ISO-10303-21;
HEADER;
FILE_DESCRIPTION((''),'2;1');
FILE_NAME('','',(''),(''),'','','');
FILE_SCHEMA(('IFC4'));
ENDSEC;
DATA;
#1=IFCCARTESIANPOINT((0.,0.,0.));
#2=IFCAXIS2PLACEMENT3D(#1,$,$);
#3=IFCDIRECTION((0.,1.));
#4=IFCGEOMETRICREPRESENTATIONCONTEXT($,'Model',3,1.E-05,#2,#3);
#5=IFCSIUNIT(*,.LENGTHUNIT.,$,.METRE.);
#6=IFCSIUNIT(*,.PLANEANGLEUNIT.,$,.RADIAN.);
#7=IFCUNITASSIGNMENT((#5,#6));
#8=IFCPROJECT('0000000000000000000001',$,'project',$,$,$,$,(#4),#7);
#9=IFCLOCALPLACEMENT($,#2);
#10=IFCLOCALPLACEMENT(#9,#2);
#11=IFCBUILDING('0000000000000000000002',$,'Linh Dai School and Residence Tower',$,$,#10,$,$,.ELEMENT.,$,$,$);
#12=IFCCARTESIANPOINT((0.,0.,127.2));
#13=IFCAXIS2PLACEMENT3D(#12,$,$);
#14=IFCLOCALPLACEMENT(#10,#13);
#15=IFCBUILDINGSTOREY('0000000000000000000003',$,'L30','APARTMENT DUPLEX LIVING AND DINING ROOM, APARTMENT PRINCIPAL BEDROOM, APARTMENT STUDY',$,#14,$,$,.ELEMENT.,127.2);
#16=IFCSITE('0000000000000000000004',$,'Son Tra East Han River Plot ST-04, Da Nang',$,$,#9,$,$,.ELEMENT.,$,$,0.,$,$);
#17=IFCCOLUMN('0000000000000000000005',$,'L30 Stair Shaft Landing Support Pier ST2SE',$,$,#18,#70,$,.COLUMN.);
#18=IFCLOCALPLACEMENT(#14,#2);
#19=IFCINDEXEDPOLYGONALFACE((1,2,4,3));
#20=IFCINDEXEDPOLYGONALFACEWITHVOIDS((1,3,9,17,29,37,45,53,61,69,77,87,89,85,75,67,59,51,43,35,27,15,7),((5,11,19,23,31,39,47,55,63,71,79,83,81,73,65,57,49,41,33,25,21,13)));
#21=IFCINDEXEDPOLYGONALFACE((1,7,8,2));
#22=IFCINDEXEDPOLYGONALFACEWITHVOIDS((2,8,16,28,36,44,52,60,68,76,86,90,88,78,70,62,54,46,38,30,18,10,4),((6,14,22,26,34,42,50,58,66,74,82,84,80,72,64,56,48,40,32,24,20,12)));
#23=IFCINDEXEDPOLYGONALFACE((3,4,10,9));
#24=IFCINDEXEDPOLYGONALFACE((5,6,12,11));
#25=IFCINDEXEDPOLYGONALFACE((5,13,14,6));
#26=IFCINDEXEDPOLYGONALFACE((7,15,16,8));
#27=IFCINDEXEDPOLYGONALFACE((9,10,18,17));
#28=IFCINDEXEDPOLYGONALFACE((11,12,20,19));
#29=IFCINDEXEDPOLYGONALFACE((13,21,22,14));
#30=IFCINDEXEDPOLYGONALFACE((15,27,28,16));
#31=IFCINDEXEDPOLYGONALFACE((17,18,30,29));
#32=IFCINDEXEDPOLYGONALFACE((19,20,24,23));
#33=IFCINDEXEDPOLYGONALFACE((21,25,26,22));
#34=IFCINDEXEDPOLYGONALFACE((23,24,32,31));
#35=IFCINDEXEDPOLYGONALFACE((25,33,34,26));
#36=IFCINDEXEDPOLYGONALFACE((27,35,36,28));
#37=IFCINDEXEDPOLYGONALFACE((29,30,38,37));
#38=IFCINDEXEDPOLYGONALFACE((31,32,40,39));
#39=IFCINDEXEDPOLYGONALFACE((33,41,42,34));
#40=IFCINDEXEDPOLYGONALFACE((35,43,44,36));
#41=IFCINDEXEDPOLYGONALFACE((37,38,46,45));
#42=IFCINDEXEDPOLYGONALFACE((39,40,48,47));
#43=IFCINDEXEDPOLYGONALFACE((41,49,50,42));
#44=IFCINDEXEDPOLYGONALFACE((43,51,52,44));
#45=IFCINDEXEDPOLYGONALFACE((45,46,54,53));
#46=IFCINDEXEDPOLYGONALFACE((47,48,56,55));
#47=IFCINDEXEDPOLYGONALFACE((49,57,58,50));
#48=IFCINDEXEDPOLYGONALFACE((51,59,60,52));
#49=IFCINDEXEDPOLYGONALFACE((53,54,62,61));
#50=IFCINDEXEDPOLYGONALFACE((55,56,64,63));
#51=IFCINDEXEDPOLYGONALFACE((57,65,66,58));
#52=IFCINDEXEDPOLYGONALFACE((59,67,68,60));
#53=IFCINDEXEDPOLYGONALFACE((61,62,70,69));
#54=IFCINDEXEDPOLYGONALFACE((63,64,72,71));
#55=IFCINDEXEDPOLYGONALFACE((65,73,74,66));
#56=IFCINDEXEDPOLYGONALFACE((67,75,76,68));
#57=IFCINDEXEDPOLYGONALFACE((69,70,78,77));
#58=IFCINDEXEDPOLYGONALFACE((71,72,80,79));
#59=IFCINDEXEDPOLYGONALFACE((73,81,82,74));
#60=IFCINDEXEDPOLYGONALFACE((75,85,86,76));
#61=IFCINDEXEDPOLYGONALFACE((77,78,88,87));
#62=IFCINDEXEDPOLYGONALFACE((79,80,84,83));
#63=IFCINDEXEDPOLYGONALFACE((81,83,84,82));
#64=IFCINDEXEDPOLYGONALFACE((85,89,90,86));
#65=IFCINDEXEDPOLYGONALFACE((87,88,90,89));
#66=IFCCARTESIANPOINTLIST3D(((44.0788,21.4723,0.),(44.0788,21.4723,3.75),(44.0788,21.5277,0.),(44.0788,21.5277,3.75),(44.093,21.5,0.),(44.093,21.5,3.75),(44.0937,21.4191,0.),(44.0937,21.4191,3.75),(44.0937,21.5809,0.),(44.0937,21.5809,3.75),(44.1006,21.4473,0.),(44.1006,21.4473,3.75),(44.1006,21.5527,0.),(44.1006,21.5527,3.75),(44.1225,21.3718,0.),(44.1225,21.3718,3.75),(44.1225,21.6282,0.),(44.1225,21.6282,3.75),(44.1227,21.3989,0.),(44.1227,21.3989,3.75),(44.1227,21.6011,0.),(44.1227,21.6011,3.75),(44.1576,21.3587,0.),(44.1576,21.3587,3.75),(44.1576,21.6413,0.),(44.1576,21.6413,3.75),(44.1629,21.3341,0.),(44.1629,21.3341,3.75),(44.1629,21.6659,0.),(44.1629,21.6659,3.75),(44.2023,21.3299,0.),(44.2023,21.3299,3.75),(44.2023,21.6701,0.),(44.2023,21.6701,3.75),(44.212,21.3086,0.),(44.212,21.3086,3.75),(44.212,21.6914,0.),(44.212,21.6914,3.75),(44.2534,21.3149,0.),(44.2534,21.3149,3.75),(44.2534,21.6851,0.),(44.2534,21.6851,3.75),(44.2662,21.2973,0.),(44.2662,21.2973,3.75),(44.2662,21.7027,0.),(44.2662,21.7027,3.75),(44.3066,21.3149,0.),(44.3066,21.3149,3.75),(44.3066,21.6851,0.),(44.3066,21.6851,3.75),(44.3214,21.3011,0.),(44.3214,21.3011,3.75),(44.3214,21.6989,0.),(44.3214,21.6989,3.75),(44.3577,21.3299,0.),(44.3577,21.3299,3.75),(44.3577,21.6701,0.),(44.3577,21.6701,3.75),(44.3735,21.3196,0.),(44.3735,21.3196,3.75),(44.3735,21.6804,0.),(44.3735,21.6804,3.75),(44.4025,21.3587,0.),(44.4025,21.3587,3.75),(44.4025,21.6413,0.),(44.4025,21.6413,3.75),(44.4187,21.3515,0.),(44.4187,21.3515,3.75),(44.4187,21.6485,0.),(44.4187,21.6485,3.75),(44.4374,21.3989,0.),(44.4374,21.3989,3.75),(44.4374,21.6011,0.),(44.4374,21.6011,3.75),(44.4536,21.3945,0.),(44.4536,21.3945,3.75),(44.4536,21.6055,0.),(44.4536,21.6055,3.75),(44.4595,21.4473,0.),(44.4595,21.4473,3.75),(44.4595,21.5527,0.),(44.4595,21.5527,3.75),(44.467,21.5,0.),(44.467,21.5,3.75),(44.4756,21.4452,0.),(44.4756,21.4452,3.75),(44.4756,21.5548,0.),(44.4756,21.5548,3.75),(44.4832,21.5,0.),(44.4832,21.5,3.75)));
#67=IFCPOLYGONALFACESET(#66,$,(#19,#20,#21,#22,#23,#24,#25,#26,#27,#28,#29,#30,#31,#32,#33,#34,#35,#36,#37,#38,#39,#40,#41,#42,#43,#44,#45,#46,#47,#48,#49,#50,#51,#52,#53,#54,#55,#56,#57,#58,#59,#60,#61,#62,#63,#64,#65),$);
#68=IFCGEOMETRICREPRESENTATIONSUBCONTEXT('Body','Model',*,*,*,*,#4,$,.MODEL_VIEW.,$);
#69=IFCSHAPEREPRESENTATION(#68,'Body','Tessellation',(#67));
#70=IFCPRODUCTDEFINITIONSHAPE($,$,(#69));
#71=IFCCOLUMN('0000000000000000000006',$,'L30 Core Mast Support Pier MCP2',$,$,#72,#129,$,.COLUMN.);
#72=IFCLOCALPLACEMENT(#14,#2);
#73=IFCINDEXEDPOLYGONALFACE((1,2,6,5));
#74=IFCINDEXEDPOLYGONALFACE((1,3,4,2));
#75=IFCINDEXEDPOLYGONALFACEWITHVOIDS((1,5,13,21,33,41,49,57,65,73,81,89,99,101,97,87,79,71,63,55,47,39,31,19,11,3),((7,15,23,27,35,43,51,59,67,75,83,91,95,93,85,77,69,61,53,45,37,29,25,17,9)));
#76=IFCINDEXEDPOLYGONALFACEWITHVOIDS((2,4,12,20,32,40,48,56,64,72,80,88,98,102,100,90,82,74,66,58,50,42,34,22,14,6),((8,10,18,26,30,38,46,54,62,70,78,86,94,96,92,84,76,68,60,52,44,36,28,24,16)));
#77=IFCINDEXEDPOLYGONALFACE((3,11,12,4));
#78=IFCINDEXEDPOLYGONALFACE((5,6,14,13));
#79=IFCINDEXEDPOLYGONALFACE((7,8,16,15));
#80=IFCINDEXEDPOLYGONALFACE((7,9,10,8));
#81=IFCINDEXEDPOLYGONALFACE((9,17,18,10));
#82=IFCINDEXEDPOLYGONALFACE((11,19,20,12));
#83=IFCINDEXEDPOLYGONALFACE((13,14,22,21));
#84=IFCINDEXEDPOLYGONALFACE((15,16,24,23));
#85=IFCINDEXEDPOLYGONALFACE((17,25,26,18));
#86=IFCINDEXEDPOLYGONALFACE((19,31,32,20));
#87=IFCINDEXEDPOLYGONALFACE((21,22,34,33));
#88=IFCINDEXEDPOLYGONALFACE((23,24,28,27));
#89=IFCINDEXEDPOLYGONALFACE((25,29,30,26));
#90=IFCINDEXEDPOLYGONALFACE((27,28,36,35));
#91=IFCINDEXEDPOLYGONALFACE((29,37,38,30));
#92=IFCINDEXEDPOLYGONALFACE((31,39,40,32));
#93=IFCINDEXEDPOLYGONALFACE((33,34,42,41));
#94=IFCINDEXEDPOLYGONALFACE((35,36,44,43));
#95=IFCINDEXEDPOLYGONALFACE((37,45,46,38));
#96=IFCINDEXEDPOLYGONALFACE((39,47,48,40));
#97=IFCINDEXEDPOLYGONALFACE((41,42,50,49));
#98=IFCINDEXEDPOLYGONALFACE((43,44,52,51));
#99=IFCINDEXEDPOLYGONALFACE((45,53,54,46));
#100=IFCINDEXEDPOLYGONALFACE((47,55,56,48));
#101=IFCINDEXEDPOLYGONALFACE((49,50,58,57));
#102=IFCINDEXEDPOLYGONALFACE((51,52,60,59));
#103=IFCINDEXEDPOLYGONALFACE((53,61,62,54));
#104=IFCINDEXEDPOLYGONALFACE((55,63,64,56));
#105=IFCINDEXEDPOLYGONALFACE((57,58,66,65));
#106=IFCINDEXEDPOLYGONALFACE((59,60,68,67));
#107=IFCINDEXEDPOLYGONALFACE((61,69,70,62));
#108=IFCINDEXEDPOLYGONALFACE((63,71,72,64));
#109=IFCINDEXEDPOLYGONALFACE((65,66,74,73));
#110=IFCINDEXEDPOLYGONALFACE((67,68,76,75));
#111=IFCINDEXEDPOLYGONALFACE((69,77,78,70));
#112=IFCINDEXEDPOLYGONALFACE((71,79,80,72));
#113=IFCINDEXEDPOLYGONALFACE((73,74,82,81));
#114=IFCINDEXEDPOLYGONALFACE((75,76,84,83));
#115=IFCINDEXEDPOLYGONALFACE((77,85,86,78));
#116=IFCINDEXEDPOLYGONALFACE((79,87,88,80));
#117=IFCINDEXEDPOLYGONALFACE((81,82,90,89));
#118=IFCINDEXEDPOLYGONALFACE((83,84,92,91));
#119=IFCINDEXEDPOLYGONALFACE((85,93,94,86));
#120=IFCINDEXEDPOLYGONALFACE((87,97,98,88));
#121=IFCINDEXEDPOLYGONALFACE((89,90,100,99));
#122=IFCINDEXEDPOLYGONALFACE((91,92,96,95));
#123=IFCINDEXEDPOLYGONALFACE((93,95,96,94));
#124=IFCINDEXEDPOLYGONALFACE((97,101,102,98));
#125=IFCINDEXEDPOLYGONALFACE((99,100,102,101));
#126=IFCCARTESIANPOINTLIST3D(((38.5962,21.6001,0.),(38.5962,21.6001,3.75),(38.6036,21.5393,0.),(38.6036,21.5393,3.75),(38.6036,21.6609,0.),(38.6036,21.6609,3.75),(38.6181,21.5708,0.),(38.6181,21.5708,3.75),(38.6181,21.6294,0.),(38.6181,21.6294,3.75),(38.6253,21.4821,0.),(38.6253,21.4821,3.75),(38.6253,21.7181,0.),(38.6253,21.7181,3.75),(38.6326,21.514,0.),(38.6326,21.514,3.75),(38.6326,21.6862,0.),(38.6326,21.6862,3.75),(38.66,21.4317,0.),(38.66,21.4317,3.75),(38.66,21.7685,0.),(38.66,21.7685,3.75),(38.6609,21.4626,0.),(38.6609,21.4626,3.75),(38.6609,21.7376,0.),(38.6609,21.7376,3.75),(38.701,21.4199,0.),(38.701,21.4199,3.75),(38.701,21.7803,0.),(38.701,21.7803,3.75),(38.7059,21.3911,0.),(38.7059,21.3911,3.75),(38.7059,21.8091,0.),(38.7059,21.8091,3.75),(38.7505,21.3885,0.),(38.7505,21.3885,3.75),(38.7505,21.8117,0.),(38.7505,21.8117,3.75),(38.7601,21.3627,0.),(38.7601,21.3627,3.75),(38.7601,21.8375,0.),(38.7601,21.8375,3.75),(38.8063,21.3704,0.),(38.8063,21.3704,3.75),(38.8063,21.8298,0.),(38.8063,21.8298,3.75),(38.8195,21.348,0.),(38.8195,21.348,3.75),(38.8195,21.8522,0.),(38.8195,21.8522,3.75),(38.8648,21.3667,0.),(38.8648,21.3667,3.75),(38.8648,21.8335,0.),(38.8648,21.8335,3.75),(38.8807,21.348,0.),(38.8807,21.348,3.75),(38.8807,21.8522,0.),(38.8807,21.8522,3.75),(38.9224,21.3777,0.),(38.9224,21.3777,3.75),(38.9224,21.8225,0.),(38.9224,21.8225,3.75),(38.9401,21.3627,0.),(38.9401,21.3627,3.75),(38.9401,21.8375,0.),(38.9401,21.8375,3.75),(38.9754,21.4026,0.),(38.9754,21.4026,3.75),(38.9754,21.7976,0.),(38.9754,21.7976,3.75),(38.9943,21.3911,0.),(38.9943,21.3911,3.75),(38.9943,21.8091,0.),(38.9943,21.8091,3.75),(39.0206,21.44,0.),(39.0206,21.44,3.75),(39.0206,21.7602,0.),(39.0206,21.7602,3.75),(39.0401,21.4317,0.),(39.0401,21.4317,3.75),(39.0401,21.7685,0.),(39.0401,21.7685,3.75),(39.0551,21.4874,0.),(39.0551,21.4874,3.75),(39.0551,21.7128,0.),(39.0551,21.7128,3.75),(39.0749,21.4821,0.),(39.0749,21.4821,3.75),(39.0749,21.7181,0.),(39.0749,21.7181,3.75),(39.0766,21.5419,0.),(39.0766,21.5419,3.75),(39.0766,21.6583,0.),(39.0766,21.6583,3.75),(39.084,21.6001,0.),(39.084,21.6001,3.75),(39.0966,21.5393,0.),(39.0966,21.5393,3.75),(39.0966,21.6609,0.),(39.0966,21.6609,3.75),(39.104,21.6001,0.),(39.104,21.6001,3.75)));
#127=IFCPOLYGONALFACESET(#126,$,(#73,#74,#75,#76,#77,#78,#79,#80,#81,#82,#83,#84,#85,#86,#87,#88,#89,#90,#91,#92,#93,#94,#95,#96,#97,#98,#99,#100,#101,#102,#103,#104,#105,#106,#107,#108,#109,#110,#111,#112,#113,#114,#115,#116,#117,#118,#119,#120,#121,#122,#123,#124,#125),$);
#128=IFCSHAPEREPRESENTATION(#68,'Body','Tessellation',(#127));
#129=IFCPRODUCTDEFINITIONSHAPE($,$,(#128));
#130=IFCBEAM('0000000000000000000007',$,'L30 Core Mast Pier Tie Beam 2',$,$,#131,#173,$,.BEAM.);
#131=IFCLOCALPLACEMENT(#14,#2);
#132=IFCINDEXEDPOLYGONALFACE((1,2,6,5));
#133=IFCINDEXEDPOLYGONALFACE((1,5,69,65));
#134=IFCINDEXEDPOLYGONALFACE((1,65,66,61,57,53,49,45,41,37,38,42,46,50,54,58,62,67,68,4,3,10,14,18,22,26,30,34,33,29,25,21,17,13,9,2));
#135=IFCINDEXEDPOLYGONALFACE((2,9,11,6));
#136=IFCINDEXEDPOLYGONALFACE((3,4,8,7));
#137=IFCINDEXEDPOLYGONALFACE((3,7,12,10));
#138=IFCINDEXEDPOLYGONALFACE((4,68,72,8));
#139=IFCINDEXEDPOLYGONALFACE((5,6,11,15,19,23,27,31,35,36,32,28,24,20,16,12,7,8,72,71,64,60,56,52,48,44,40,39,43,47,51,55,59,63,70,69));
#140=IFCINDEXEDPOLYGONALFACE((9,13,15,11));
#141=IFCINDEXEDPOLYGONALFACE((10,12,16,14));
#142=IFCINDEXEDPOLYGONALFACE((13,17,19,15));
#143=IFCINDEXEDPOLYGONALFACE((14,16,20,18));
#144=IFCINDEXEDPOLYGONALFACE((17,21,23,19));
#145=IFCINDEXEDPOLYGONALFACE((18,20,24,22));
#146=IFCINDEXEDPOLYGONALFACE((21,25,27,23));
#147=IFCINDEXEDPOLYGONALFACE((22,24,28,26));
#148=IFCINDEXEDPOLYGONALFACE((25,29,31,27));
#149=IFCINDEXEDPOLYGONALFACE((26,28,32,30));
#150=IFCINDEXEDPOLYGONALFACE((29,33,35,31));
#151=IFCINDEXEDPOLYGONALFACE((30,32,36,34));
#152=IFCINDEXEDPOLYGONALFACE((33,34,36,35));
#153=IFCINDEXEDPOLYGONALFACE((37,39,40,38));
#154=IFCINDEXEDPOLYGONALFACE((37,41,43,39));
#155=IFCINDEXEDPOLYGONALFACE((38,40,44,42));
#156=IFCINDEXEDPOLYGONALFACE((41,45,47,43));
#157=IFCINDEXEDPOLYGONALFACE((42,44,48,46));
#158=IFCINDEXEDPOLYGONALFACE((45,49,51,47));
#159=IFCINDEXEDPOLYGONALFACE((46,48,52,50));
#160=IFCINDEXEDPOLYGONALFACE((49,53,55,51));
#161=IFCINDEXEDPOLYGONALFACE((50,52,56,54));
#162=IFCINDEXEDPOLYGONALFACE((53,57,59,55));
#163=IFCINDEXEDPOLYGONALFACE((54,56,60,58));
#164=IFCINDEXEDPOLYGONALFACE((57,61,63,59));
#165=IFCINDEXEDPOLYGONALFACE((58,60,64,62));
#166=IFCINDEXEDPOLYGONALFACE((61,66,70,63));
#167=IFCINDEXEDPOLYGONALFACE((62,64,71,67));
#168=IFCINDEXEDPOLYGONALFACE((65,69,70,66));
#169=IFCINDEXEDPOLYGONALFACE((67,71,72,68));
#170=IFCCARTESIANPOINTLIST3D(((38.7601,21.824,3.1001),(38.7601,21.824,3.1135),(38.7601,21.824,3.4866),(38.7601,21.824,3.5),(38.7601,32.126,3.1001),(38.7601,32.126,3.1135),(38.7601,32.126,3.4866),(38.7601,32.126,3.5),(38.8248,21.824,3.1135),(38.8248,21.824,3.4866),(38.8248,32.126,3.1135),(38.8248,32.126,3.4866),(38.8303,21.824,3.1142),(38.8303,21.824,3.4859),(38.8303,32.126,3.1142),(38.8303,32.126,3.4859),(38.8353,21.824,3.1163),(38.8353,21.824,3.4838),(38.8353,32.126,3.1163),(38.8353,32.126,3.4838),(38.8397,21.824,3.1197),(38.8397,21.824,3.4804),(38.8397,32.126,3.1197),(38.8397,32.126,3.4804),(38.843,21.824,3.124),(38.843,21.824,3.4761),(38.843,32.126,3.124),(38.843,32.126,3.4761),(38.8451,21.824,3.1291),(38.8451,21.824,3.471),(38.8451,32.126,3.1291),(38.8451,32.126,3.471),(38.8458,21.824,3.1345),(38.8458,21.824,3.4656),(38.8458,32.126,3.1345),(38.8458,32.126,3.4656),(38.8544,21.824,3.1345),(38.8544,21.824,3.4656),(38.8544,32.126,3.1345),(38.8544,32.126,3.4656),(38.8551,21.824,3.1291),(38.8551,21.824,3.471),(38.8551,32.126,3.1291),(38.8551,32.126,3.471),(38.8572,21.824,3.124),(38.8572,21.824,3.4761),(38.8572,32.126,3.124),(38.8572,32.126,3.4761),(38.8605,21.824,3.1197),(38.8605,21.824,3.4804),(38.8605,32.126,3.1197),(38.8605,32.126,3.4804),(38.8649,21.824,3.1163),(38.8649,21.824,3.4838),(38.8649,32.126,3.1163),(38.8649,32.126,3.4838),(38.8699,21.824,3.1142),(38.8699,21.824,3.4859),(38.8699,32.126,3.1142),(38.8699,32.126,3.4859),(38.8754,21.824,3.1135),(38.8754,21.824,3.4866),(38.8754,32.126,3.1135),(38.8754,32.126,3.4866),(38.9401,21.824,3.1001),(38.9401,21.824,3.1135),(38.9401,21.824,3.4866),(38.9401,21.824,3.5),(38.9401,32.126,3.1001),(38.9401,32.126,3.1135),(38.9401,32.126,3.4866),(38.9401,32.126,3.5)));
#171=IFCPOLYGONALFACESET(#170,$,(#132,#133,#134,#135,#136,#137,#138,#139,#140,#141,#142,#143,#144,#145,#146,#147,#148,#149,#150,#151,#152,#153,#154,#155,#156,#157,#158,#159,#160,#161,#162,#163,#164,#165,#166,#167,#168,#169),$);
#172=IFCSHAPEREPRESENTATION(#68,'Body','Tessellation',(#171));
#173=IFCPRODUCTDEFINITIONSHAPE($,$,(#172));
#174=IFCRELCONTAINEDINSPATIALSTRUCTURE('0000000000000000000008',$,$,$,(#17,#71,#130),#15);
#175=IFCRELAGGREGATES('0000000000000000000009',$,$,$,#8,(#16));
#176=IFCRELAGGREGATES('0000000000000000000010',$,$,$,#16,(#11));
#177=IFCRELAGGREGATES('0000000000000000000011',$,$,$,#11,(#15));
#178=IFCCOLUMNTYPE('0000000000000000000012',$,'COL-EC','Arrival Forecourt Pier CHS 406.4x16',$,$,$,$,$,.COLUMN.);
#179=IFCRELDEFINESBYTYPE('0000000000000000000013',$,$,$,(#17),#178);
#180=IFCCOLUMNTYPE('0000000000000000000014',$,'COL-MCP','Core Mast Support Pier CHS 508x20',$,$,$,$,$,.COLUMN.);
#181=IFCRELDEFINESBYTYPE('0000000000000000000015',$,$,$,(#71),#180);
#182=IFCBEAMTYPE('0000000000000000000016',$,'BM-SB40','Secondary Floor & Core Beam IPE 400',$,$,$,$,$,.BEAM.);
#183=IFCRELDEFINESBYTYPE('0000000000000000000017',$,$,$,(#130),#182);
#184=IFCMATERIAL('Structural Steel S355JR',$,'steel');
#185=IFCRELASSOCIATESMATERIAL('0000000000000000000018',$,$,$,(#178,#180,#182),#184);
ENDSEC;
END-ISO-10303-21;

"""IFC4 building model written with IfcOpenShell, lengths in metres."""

from ifc_helpers import new_model, si_unit, direction, frame, origin, origin_2d, place, context, subcontext, project, spatial, hollow_circle, i_section, extrude, material, material_profile, profile_set, type_object, element, save


model = new_model("IFC4")

# Units and contexts
model_context = context("Model", 3, precision=1e-05, world=origin(), true_north=direction((0.0, 1.0)))
body_context = subcontext(model_context, "Body", "Model", "MODEL_VIEW")
ifc_project = project(units=[si_unit("LENGTHUNIT", "METRE"), si_unit("PLANEANGLEUNIT", "RADIAN")], contexts=[model_context])

# Site, building, storey
site_placement = place(None, origin())
site = spatial("IfcSite", under=ifc_project, at=site_placement, Name="Son Tra East Han River Plot ST-04, Da Nang", CompositionType="ELEMENT", RefElevation=0.0)
building_placement = place(site_placement, origin())
building = spatial("IfcBuilding", under=site, at=building_placement, Name="Linh Dai School and Residence Tower", CompositionType="ELEMENT")
storey_placement = place(building_placement, frame((0.0, 0.0, 127.2)))
storey = spatial("IfcBuildingStorey", under=building, at=storey_placement, Name="L30", Description="APARTMENT DUPLEX LIVING AND DINING ROOM, APARTMENT PRINCIPAL BEDROOM, APARTMENT STUDY", CompositionType="ELEMENT", Elevation=127.2)

# Columns
ifc_material_1 = material(Name="Structural Steel S355JR", Category="steel")
ifc_material_profile_1 = material_profile(ifc_material_1, hollow_circle(Radius=0.2031, WallThickness=0.0161, at=origin_2d()), Name="CHS 406.4x16")
ifc_profile_set_1 = profile_set([ifc_material_profile_1], Name="Structural Steel S355JR")
column_type_1 = type_object("IfcColumnType", Name="COL-EC", Description="Arrival Forecourt Pier CHS 406.4x16", PredefinedType="COLUMN", material=ifc_profile_set_1)
column_1_placement = place(storey_placement, frame((44.28, 21.5, 0.0), z_axis=(0.0, 0.0, 1.0), x_axis=(1.0, 0.0, 0.0)))
element("IfcColumn", 1, at=column_1_placement, inside=storey, type_object=column_type_1, Name="L30 Stair Shaft Landing Support Pier ST2SE", PredefinedType="COLUMN", context=body_context, shape_type="SweptSolid", body=[
    extrude(hollow_circle(Radius=0.2031, WallThickness=0.0161, at=origin_2d()), origin(), (0.0, 0.0, 1.0), 3.75),
])
ifc_material_profile_2 = material_profile(ifc_material_1, hollow_circle(Radius=0.2539, WallThickness=0.02, at=origin_2d()), Name="CHS 508x20")
ifc_profile_set_2 = profile_set([ifc_material_profile_2], Name="Structural Steel S355JR")
column_type_2 = type_object("IfcColumnType", Name="COL-MCP", Description="Core Mast Support Pier CHS 508x20", PredefinedType="COLUMN", material=ifc_profile_set_2)
column_2_placement = place(storey_placement, frame((38.8501, 21.6001, 0.0), z_axis=(0.0, 0.0, 1.0), x_axis=(1.0, 0.0, 0.0)))
element("IfcColumn", 2, at=column_2_placement, inside=storey, type_object=column_type_2, Name="L30 Core Mast Support Pier MCP2", PredefinedType="COLUMN", context=body_context, shape_type="SweptSolid", body=[
    extrude(hollow_circle(Radius=0.2539, WallThickness=0.02, at=origin_2d()), origin(), (0.0, 0.0, 1.0), 3.75),
])

# Beam
ifc_material_profile_3 = material_profile(ifc_material_1, i_section(OverallWidth=0.1799, OverallDepth=0.3999, WebThickness=0.0085, FlangeThickness=0.0134, FilletRadius=0.021, at=origin_2d()), Name="IPE 400")
ifc_profile_set_3 = profile_set([ifc_material_profile_3], Name="Structural Steel S355JR")
beam_type = type_object("IfcBeamType", Name="BM-SB40", Description="Secondary Floor & Core Beam IPE 400", PredefinedType="BEAM", material=ifc_profile_set_3)
beam_placement = place(storey_placement, frame((38.8501, 21.824, 3.3), z_axis=(0.0, 1.0, 0.0), x_axis=(-1.0, 0.0, 0.0)))
element("IfcBeam", 3, at=beam_placement, inside=storey, type_object=beam_type, Name="L30 Core Mast Pier Tie Beam 2", PredefinedType="BEAM", context=body_context, shape_type="SweptSolid", body=[
    extrude(i_section(OverallWidth=0.1799, OverallDepth=0.3999, WebThickness=0.0085, FlangeThickness=0.0134, FilletRadius=0.021, at=origin_2d()), origin(), (0.0, 0.0, 1.0), 10.302),
])

save(model, "model.ifc")
